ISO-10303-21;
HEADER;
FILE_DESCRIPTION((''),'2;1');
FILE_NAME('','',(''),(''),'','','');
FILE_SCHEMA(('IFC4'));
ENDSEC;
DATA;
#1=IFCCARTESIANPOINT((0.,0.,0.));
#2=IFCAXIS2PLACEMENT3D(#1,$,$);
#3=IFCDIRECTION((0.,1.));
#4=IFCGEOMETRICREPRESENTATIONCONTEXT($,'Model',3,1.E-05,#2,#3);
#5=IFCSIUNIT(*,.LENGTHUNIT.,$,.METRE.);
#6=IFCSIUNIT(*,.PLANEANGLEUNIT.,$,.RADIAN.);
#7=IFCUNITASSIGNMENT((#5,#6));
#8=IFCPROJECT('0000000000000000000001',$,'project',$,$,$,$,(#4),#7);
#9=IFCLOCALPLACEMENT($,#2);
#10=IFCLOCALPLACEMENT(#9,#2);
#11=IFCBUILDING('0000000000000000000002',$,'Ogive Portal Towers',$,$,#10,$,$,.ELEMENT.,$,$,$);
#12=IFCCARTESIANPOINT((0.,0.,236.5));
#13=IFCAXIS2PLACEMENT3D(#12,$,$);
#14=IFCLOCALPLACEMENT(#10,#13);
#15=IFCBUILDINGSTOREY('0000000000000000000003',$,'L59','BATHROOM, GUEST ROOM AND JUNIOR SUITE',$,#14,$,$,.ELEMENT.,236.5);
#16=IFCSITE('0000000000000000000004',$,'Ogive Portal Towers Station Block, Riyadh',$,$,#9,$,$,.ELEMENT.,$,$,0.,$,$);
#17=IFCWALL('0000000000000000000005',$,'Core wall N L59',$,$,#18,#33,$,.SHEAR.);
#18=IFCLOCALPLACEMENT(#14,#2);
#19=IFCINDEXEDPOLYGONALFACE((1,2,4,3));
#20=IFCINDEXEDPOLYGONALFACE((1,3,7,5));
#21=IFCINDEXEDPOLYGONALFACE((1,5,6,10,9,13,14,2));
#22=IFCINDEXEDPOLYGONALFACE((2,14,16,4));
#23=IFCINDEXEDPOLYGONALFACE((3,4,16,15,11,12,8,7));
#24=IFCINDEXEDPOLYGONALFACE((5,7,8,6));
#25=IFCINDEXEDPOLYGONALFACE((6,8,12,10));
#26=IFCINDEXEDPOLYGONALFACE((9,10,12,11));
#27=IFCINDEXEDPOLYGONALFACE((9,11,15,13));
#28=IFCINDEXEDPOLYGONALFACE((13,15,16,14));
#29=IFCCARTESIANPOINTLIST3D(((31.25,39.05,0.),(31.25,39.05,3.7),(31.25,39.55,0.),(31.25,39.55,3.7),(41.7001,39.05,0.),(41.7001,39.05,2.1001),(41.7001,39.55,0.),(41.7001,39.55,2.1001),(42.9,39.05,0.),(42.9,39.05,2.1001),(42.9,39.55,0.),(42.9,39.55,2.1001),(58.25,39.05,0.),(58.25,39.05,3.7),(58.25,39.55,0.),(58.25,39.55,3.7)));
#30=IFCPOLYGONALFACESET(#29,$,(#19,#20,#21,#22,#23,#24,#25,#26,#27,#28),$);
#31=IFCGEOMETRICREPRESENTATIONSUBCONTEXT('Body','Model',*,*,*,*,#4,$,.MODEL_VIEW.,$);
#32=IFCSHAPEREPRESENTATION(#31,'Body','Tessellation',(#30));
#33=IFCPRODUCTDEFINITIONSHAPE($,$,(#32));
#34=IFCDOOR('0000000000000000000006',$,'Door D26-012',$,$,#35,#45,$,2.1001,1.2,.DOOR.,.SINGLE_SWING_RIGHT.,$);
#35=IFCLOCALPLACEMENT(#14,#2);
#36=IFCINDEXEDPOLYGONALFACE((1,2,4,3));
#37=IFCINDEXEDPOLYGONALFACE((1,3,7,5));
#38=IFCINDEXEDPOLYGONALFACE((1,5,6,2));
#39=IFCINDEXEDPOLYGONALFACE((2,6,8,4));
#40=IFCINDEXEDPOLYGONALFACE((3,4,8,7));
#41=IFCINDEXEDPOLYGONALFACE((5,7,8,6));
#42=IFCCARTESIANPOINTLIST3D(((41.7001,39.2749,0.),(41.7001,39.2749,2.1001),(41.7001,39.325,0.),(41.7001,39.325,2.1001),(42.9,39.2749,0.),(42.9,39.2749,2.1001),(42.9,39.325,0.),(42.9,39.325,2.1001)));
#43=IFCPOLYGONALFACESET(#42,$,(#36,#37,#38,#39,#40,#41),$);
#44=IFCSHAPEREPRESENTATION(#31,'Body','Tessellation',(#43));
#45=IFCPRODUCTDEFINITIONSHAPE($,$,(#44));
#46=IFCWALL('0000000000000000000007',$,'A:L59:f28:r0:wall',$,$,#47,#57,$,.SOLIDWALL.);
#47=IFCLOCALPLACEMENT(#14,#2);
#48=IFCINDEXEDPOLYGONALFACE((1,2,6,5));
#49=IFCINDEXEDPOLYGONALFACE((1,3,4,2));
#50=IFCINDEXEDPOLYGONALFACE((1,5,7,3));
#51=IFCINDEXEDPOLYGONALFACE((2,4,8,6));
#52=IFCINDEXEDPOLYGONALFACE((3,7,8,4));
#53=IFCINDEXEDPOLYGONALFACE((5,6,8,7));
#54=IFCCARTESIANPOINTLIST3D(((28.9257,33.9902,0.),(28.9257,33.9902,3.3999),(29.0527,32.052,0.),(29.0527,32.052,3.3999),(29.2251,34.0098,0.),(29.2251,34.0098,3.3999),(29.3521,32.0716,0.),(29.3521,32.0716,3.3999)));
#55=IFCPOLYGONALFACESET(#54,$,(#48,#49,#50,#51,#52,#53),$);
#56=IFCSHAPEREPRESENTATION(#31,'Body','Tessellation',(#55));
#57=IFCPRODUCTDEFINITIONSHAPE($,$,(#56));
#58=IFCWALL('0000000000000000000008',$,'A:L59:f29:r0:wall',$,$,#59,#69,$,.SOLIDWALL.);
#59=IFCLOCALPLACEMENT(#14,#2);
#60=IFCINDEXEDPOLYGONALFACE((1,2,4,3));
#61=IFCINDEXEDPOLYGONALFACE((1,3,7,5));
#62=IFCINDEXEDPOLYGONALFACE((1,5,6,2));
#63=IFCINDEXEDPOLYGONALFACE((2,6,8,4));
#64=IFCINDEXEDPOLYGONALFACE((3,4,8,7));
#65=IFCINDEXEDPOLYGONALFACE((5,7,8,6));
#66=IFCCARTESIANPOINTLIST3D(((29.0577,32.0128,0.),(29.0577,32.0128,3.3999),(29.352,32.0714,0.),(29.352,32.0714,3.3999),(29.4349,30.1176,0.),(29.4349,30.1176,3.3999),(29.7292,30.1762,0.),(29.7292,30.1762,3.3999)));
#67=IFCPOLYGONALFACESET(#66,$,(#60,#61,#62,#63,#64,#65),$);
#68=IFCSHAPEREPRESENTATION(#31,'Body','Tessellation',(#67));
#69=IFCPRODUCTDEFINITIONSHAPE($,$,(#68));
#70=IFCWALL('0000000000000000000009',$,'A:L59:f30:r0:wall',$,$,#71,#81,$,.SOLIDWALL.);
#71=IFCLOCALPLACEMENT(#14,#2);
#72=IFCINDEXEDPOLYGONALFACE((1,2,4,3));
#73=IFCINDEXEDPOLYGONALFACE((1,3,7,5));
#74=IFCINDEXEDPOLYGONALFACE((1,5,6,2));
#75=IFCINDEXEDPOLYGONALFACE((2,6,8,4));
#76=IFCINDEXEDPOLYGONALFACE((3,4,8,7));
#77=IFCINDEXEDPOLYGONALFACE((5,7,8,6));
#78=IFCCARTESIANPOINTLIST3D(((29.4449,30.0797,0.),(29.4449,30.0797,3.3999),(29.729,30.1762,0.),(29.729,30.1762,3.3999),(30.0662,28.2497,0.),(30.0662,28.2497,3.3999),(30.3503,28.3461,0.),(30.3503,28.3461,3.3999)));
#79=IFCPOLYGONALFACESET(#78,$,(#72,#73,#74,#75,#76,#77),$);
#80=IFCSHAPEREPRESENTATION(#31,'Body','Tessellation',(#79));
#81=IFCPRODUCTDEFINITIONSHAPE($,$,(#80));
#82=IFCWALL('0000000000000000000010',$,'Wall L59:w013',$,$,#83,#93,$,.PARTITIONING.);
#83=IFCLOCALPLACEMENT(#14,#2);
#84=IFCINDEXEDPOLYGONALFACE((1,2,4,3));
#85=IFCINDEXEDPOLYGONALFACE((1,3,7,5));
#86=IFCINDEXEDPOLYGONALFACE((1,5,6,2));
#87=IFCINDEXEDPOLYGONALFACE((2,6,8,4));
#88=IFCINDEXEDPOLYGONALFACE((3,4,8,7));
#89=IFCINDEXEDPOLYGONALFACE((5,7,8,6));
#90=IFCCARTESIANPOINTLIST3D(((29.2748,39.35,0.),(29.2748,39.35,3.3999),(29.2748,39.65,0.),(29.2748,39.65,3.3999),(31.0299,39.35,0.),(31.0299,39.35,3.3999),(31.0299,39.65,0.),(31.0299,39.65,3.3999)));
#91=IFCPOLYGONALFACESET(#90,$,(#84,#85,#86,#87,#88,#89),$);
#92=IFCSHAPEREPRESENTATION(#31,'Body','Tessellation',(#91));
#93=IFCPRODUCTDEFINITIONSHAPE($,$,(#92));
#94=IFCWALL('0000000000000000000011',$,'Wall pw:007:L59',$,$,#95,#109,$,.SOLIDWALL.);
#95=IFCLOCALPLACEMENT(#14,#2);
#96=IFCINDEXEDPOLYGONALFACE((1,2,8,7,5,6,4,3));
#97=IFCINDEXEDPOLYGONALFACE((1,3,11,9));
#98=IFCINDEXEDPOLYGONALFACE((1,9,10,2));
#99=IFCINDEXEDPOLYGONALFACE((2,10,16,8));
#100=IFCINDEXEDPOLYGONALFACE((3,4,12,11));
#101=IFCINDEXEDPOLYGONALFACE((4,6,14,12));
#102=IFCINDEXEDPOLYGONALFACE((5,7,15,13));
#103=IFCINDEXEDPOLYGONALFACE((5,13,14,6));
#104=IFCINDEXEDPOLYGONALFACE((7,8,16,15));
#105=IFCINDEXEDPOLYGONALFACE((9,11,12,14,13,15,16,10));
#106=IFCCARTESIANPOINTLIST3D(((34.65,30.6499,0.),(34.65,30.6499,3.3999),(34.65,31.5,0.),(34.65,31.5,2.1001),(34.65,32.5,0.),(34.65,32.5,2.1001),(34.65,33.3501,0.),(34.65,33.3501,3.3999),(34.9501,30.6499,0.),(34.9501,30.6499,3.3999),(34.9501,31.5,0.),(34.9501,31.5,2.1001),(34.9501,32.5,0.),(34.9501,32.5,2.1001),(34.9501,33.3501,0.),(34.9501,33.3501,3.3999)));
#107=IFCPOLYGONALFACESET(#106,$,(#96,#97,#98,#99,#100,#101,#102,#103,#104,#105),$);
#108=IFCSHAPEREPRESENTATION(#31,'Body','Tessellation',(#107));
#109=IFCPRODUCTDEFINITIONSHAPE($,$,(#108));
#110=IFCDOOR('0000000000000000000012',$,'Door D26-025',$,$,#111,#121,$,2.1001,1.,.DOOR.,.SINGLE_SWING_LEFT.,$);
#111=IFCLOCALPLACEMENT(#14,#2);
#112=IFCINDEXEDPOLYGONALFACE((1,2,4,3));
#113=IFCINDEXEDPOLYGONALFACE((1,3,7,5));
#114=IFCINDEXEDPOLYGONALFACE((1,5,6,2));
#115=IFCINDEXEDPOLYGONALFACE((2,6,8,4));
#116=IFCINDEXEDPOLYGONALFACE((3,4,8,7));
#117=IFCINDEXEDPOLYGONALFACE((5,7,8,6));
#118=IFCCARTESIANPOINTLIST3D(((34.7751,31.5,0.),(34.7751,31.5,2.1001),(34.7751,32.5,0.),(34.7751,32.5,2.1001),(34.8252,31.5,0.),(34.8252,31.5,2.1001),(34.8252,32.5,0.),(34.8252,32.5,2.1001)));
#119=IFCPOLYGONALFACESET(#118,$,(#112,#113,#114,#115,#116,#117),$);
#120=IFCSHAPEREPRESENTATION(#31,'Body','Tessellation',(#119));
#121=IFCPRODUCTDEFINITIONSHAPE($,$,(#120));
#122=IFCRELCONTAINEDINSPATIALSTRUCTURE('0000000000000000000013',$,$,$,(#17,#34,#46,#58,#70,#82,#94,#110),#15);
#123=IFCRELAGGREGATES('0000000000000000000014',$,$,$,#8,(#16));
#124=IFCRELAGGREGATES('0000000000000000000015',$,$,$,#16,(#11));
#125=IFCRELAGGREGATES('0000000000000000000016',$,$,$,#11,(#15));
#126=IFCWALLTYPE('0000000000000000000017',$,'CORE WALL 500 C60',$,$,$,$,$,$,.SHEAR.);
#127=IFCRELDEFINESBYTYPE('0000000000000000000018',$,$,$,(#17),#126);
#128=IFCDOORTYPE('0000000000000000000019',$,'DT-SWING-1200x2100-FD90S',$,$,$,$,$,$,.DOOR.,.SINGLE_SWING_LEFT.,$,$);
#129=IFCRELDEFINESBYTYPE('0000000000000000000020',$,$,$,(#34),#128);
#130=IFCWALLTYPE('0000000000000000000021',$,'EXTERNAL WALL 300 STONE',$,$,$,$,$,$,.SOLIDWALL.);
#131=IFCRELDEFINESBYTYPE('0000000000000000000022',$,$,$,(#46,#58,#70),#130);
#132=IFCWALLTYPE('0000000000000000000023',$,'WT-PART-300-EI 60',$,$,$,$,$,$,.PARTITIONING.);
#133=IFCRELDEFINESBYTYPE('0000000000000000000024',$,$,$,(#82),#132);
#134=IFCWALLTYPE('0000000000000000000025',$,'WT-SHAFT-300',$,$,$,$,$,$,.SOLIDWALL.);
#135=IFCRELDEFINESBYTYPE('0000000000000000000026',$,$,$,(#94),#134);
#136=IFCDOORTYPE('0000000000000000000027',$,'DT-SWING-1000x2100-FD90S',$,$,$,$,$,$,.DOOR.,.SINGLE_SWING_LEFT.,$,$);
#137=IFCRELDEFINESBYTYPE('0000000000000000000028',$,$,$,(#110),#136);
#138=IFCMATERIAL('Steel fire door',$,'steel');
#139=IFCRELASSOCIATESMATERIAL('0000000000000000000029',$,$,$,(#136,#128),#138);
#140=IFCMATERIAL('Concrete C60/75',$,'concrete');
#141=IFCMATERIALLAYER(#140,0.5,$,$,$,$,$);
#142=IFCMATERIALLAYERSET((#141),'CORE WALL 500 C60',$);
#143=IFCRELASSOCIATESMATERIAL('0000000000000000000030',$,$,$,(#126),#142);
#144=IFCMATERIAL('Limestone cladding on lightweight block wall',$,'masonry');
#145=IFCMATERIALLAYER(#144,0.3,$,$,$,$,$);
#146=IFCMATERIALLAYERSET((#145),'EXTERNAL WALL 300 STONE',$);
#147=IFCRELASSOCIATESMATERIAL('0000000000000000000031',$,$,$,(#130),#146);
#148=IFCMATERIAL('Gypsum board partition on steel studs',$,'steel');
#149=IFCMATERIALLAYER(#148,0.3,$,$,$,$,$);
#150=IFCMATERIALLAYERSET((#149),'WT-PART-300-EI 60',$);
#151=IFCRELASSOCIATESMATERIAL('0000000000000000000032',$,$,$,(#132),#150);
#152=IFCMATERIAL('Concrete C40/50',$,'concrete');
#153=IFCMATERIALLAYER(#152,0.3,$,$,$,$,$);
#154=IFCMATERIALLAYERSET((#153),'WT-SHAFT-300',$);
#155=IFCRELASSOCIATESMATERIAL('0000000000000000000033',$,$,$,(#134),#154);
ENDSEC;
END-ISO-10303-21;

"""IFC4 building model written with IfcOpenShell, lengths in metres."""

from ifc_helpers import new_model, si_unit, direction, frame, frame_2d, origin, place, context, subcontext, project, spatial, rectangle, extrude, material, layer, layer_set, type_object, element, fill, save


model = new_model("IFC4")

# Units and contexts
model_context = context("Model", 3, precision=1e-05, world=origin(), true_north=direction((0.0, 1.0)))
body_context = subcontext(model_context, "Body", "Model", "MODEL_VIEW")
ifc_project = project(units=[si_unit("LENGTHUNIT", "METRE"), si_unit("PLANEANGLEUNIT", "RADIAN")], contexts=[model_context])

# Site, building, storey
site_placement = place(None, origin())
site = spatial("IfcSite", under=ifc_project, at=site_placement, Name="Ogive Portal Towers Station Block, Riyadh", CompositionType="ELEMENT", RefElevation=0.0)
building_placement = place(site_placement, origin())
building = spatial("IfcBuilding", under=site, at=building_placement, Name="Ogive Portal Towers", CompositionType="ELEMENT")
storey_placement = place(building_placement, frame((0.0, 0.0, 236.5)))
storey = spatial("IfcBuildingStorey", under=building, at=storey_placement, Name="L59", Description="BATHROOM, GUEST ROOM AND JUNIOR SUITE", CompositionType="ELEMENT", Elevation=236.5)

# Shared definitions
ifc_material_1 = material(Name="Concrete C40/50", Category="concrete")

# Shared definitions
ifc_material_2 = material(Name="Concrete C60/75", Category="concrete")
ifc_material_3 = material(Name="Steel fire door", Category="steel")
door_type_1 = type_object("IfcDoorType", Name="DT-SWING-1000x2100-FD90S", OperationType="SINGLE_SWING_LEFT", PredefinedType="DOOR", material=ifc_material_3)

# Shared definitions
door_type_2 = type_object("IfcDoorType", Name="DT-SWING-1200x2100-FD90S", OperationType="SINGLE_SWING_LEFT", PredefinedType="DOOR", material=ifc_material_3)

# Wall, opening, door
ifc_layer_1 = layer(ifc_material_2, 0.5)
ifc_layer_set_1 = layer_set([ifc_layer_1], Name="CORE WALL 500 C60")
wall_type_1 = type_object("IfcWallType", Name="CORE WALL 500 C60", PredefinedType="SHEAR", material=ifc_layer_set_1)
wall_1_placement = place(storey_placement, frame((31.25, 39.3, 0.0), z_axis=(0.0, 0.0, 1.0), x_axis=(1.0, 0.0, 0.0)))
wall_1 = element("IfcWall", 1, at=wall_1_placement, inside=storey, type_object=wall_type_1, Name="Core wall N L59", PredefinedType="SHEAR", context=body_context, shape_type="SweptSolid", body=[
    extrude(rectangle(XDim=27.0, YDim=0.5, at=frame_2d((13.5, 0.0))), origin(), (0.0, 0.0, 1.0), 3.7),
])
opening_1_placement = place(wall_1_placement, frame((10.45, 0.0, 0.0)))
opening_1 = element("IfcOpeningElement", 2, at=opening_1_placement, cuts=wall_1, PredefinedType="OPENING", context=body_context, shape_type="SweptSolid", body=[
    extrude(rectangle(XDim=1.2, YDim=2.1001, at=frame_2d((0.6001, 1.05))), frame((0.0, 0.26, 0.0), z_axis=(0.0, -1.0, 0.0), x_axis=(1.0, 0.0, 0.0)), (0.0, 0.0, 1.0), 0.52),
])
door_1_placement = place(opening_1_placement, origin())
door_1 = element("IfcDoor", 3, at=door_1_placement, inside=storey, type_object=door_type_2, Name="Door D26-012", OperationType="SINGLE_SWING_RIGHT", OverallHeight=2.1001, OverallWidth=1.2, PredefinedType="DOOR", context=body_context, shape_type="SweptSolid", body=[
    extrude(rectangle(XDim=1.2, YDim=2.1001, at=frame_2d((0.6001, 1.05))), frame((0.0, 0.0249, 0.0), z_axis=(0.0, -1.0, 0.0), x_axis=(1.0, 0.0, 0.0)), (0.0, 0.0, 1.0), 0.05),
])
fill(opening_1, door_1)

# Walls
ifc_material_4 = material(Name="Limestone cladding on lightweight block wall", Category="masonry")
ifc_layer_2 = layer(ifc_material_4, 0.3)
ifc_layer_set_2 = layer_set([ifc_layer_2], Name="EXTERNAL WALL 300 STONE")
wall_type_2 = type_object("IfcWallType", Name="EXTERNAL WALL 300 STONE", PredefinedType="SOLIDWALL", material=ifc_layer_set_2)
wall_2_placement = place(storey_placement, frame((29.0754, 34.0, 0.0), z_axis=(0.0, 0.0, 1.0), x_axis=(0.065359, -0.997862, 0.0)))
element("IfcWall", 4, at=wall_2_placement, inside=storey, type_object=wall_type_2, Name="A:L59:f28:r0:wall", PredefinedType="SOLIDWALL", context=body_context, shape_type="SweptSolid", body=[
    extrude(rectangle(XDim=1.9424, YDim=0.3, at=frame_2d((0.9712, 0.0))), origin(), (0.0, 0.0, 1.0), 3.3999),
])
wall_3_placement = place(storey_placement, frame((29.2048, 32.0422, 0.0), z_axis=(0.0, 0.0, 1.0), x_axis=(0.195193, -0.980765, 0.0)))
element("IfcWall", 5, at=wall_3_placement, inside=storey, type_object=wall_type_2, Name="A:L59:f29:r0:wall", PredefinedType="SOLIDWALL", context=body_context, shape_type="SweptSolid", body=[
    extrude(rectangle(XDim=1.9324, YDim=0.3, at=frame_2d((0.9663, 0.0))), origin(), (0.0, 0.0, 1.0), 3.3999),
])
wall_4_placement = place(storey_placement, frame((29.5869, 30.1279, 0.0), z_axis=(0.0, 0.0, 1.0), x_axis=(0.321491, -0.946913, 0.0)))
element("IfcWall", 6, at=wall_4_placement, inside=storey, type_object=wall_type_2, Name="A:L59:f30:r0:wall", PredefinedType="SOLIDWALL", context=body_context, shape_type="SweptSolid", body=[
    extrude(rectangle(XDim=1.9326, YDim=0.3, at=frame_2d((0.9663, 0.0))), origin(), (0.0, 0.0, 1.0), 3.3999),
])
ifc_material_5 = material(Name="Gypsum board partition on steel studs", Category="steel")
ifc_layer_3 = layer(ifc_material_5, 0.3)
ifc_layer_set_3 = layer_set([ifc_layer_3], Name="WT-PART-300-EI 60")
wall_type_3 = type_object("IfcWallType", Name="WT-PART-300-EI 60", PredefinedType="PARTITIONING", material=ifc_layer_set_3)
wall_5_placement = place(storey_placement, frame((29.2749, 39.5, 0.0), z_axis=(0.0, 0.0, 1.0), x_axis=(1.0, 0.0, 0.0)))
element("IfcWall", 7, at=wall_5_placement, inside=storey, type_object=wall_type_3, Name="Wall L59:w013", PredefinedType="PARTITIONING", context=body_context, shape_type="SweptSolid", body=[
    extrude(rectangle(XDim=1.7551, YDim=0.3, at=frame_2d((0.8774, 0.0))), origin(), (0.0, 0.0, 1.0), 3.3999),
])

# Wall, opening, door
ifc_layer_4 = layer(ifc_material_1, 0.3)
ifc_layer_set_4 = layer_set([ifc_layer_4], Name="WT-SHAFT-300")
wall_type_4 = type_object("IfcWallType", Name="WT-SHAFT-300", PredefinedType="SOLIDWALL", material=ifc_layer_set_4)
wall_6_placement = place(storey_placement, frame((34.8, 30.6499, 0.0), z_axis=(0.0, 0.0, 1.0), x_axis=(0.0, 1.0, 0.0)))
wall_6 = element("IfcWall", 8, at=wall_6_placement, inside=storey, type_object=wall_type_4, Name="Wall pw:007:L59", PredefinedType="SOLIDWALL", context=body_context, shape_type="SweptSolid", body=[
    extrude(rectangle(XDim=2.7002, YDim=0.3, at=frame_2d((1.3501, 0.0))), origin(), (0.0, 0.0, 1.0), 3.3999),
])
opening_2_placement = place(wall_6_placement, frame((0.8501, 0.0, 0.0)))
opening_2 = element("IfcOpeningElement", 9, at=opening_2_placement, cuts=wall_6, PredefinedType="OPENING", context=body_context, shape_type="SweptSolid", body=[
    extrude(rectangle(XDim=1.0, YDim=2.1001, at=frame_2d((0.5, 1.05))), frame((0.0, 0.1602, 0.0), z_axis=(0.0, -1.0, 0.0), x_axis=(1.0, 0.0, 0.0)), (0.0, 0.0, 1.0), 0.3201),
])
door_2_placement = place(opening_2_placement, origin())
door_2 = element("IfcDoor", 10, at=door_2_placement, inside=storey, type_object=door_type_1, Name="Door D26-025", OperationType="SINGLE_SWING_LEFT", OverallHeight=2.1001, OverallWidth=1.0, PredefinedType="DOOR", context=body_context, shape_type="SweptSolid", body=[
    extrude(rectangle(XDim=1.0, YDim=2.1001, at=frame_2d((0.5, 1.05))), frame((0.0, 0.0249, 0.0), z_axis=(0.0, -1.0, 0.0), x_axis=(1.0, 0.0, 0.0)), (0.0, 0.0, 1.0), 0.05),
])
fill(opening_2, door_2)

save(model, "model.ifc")
